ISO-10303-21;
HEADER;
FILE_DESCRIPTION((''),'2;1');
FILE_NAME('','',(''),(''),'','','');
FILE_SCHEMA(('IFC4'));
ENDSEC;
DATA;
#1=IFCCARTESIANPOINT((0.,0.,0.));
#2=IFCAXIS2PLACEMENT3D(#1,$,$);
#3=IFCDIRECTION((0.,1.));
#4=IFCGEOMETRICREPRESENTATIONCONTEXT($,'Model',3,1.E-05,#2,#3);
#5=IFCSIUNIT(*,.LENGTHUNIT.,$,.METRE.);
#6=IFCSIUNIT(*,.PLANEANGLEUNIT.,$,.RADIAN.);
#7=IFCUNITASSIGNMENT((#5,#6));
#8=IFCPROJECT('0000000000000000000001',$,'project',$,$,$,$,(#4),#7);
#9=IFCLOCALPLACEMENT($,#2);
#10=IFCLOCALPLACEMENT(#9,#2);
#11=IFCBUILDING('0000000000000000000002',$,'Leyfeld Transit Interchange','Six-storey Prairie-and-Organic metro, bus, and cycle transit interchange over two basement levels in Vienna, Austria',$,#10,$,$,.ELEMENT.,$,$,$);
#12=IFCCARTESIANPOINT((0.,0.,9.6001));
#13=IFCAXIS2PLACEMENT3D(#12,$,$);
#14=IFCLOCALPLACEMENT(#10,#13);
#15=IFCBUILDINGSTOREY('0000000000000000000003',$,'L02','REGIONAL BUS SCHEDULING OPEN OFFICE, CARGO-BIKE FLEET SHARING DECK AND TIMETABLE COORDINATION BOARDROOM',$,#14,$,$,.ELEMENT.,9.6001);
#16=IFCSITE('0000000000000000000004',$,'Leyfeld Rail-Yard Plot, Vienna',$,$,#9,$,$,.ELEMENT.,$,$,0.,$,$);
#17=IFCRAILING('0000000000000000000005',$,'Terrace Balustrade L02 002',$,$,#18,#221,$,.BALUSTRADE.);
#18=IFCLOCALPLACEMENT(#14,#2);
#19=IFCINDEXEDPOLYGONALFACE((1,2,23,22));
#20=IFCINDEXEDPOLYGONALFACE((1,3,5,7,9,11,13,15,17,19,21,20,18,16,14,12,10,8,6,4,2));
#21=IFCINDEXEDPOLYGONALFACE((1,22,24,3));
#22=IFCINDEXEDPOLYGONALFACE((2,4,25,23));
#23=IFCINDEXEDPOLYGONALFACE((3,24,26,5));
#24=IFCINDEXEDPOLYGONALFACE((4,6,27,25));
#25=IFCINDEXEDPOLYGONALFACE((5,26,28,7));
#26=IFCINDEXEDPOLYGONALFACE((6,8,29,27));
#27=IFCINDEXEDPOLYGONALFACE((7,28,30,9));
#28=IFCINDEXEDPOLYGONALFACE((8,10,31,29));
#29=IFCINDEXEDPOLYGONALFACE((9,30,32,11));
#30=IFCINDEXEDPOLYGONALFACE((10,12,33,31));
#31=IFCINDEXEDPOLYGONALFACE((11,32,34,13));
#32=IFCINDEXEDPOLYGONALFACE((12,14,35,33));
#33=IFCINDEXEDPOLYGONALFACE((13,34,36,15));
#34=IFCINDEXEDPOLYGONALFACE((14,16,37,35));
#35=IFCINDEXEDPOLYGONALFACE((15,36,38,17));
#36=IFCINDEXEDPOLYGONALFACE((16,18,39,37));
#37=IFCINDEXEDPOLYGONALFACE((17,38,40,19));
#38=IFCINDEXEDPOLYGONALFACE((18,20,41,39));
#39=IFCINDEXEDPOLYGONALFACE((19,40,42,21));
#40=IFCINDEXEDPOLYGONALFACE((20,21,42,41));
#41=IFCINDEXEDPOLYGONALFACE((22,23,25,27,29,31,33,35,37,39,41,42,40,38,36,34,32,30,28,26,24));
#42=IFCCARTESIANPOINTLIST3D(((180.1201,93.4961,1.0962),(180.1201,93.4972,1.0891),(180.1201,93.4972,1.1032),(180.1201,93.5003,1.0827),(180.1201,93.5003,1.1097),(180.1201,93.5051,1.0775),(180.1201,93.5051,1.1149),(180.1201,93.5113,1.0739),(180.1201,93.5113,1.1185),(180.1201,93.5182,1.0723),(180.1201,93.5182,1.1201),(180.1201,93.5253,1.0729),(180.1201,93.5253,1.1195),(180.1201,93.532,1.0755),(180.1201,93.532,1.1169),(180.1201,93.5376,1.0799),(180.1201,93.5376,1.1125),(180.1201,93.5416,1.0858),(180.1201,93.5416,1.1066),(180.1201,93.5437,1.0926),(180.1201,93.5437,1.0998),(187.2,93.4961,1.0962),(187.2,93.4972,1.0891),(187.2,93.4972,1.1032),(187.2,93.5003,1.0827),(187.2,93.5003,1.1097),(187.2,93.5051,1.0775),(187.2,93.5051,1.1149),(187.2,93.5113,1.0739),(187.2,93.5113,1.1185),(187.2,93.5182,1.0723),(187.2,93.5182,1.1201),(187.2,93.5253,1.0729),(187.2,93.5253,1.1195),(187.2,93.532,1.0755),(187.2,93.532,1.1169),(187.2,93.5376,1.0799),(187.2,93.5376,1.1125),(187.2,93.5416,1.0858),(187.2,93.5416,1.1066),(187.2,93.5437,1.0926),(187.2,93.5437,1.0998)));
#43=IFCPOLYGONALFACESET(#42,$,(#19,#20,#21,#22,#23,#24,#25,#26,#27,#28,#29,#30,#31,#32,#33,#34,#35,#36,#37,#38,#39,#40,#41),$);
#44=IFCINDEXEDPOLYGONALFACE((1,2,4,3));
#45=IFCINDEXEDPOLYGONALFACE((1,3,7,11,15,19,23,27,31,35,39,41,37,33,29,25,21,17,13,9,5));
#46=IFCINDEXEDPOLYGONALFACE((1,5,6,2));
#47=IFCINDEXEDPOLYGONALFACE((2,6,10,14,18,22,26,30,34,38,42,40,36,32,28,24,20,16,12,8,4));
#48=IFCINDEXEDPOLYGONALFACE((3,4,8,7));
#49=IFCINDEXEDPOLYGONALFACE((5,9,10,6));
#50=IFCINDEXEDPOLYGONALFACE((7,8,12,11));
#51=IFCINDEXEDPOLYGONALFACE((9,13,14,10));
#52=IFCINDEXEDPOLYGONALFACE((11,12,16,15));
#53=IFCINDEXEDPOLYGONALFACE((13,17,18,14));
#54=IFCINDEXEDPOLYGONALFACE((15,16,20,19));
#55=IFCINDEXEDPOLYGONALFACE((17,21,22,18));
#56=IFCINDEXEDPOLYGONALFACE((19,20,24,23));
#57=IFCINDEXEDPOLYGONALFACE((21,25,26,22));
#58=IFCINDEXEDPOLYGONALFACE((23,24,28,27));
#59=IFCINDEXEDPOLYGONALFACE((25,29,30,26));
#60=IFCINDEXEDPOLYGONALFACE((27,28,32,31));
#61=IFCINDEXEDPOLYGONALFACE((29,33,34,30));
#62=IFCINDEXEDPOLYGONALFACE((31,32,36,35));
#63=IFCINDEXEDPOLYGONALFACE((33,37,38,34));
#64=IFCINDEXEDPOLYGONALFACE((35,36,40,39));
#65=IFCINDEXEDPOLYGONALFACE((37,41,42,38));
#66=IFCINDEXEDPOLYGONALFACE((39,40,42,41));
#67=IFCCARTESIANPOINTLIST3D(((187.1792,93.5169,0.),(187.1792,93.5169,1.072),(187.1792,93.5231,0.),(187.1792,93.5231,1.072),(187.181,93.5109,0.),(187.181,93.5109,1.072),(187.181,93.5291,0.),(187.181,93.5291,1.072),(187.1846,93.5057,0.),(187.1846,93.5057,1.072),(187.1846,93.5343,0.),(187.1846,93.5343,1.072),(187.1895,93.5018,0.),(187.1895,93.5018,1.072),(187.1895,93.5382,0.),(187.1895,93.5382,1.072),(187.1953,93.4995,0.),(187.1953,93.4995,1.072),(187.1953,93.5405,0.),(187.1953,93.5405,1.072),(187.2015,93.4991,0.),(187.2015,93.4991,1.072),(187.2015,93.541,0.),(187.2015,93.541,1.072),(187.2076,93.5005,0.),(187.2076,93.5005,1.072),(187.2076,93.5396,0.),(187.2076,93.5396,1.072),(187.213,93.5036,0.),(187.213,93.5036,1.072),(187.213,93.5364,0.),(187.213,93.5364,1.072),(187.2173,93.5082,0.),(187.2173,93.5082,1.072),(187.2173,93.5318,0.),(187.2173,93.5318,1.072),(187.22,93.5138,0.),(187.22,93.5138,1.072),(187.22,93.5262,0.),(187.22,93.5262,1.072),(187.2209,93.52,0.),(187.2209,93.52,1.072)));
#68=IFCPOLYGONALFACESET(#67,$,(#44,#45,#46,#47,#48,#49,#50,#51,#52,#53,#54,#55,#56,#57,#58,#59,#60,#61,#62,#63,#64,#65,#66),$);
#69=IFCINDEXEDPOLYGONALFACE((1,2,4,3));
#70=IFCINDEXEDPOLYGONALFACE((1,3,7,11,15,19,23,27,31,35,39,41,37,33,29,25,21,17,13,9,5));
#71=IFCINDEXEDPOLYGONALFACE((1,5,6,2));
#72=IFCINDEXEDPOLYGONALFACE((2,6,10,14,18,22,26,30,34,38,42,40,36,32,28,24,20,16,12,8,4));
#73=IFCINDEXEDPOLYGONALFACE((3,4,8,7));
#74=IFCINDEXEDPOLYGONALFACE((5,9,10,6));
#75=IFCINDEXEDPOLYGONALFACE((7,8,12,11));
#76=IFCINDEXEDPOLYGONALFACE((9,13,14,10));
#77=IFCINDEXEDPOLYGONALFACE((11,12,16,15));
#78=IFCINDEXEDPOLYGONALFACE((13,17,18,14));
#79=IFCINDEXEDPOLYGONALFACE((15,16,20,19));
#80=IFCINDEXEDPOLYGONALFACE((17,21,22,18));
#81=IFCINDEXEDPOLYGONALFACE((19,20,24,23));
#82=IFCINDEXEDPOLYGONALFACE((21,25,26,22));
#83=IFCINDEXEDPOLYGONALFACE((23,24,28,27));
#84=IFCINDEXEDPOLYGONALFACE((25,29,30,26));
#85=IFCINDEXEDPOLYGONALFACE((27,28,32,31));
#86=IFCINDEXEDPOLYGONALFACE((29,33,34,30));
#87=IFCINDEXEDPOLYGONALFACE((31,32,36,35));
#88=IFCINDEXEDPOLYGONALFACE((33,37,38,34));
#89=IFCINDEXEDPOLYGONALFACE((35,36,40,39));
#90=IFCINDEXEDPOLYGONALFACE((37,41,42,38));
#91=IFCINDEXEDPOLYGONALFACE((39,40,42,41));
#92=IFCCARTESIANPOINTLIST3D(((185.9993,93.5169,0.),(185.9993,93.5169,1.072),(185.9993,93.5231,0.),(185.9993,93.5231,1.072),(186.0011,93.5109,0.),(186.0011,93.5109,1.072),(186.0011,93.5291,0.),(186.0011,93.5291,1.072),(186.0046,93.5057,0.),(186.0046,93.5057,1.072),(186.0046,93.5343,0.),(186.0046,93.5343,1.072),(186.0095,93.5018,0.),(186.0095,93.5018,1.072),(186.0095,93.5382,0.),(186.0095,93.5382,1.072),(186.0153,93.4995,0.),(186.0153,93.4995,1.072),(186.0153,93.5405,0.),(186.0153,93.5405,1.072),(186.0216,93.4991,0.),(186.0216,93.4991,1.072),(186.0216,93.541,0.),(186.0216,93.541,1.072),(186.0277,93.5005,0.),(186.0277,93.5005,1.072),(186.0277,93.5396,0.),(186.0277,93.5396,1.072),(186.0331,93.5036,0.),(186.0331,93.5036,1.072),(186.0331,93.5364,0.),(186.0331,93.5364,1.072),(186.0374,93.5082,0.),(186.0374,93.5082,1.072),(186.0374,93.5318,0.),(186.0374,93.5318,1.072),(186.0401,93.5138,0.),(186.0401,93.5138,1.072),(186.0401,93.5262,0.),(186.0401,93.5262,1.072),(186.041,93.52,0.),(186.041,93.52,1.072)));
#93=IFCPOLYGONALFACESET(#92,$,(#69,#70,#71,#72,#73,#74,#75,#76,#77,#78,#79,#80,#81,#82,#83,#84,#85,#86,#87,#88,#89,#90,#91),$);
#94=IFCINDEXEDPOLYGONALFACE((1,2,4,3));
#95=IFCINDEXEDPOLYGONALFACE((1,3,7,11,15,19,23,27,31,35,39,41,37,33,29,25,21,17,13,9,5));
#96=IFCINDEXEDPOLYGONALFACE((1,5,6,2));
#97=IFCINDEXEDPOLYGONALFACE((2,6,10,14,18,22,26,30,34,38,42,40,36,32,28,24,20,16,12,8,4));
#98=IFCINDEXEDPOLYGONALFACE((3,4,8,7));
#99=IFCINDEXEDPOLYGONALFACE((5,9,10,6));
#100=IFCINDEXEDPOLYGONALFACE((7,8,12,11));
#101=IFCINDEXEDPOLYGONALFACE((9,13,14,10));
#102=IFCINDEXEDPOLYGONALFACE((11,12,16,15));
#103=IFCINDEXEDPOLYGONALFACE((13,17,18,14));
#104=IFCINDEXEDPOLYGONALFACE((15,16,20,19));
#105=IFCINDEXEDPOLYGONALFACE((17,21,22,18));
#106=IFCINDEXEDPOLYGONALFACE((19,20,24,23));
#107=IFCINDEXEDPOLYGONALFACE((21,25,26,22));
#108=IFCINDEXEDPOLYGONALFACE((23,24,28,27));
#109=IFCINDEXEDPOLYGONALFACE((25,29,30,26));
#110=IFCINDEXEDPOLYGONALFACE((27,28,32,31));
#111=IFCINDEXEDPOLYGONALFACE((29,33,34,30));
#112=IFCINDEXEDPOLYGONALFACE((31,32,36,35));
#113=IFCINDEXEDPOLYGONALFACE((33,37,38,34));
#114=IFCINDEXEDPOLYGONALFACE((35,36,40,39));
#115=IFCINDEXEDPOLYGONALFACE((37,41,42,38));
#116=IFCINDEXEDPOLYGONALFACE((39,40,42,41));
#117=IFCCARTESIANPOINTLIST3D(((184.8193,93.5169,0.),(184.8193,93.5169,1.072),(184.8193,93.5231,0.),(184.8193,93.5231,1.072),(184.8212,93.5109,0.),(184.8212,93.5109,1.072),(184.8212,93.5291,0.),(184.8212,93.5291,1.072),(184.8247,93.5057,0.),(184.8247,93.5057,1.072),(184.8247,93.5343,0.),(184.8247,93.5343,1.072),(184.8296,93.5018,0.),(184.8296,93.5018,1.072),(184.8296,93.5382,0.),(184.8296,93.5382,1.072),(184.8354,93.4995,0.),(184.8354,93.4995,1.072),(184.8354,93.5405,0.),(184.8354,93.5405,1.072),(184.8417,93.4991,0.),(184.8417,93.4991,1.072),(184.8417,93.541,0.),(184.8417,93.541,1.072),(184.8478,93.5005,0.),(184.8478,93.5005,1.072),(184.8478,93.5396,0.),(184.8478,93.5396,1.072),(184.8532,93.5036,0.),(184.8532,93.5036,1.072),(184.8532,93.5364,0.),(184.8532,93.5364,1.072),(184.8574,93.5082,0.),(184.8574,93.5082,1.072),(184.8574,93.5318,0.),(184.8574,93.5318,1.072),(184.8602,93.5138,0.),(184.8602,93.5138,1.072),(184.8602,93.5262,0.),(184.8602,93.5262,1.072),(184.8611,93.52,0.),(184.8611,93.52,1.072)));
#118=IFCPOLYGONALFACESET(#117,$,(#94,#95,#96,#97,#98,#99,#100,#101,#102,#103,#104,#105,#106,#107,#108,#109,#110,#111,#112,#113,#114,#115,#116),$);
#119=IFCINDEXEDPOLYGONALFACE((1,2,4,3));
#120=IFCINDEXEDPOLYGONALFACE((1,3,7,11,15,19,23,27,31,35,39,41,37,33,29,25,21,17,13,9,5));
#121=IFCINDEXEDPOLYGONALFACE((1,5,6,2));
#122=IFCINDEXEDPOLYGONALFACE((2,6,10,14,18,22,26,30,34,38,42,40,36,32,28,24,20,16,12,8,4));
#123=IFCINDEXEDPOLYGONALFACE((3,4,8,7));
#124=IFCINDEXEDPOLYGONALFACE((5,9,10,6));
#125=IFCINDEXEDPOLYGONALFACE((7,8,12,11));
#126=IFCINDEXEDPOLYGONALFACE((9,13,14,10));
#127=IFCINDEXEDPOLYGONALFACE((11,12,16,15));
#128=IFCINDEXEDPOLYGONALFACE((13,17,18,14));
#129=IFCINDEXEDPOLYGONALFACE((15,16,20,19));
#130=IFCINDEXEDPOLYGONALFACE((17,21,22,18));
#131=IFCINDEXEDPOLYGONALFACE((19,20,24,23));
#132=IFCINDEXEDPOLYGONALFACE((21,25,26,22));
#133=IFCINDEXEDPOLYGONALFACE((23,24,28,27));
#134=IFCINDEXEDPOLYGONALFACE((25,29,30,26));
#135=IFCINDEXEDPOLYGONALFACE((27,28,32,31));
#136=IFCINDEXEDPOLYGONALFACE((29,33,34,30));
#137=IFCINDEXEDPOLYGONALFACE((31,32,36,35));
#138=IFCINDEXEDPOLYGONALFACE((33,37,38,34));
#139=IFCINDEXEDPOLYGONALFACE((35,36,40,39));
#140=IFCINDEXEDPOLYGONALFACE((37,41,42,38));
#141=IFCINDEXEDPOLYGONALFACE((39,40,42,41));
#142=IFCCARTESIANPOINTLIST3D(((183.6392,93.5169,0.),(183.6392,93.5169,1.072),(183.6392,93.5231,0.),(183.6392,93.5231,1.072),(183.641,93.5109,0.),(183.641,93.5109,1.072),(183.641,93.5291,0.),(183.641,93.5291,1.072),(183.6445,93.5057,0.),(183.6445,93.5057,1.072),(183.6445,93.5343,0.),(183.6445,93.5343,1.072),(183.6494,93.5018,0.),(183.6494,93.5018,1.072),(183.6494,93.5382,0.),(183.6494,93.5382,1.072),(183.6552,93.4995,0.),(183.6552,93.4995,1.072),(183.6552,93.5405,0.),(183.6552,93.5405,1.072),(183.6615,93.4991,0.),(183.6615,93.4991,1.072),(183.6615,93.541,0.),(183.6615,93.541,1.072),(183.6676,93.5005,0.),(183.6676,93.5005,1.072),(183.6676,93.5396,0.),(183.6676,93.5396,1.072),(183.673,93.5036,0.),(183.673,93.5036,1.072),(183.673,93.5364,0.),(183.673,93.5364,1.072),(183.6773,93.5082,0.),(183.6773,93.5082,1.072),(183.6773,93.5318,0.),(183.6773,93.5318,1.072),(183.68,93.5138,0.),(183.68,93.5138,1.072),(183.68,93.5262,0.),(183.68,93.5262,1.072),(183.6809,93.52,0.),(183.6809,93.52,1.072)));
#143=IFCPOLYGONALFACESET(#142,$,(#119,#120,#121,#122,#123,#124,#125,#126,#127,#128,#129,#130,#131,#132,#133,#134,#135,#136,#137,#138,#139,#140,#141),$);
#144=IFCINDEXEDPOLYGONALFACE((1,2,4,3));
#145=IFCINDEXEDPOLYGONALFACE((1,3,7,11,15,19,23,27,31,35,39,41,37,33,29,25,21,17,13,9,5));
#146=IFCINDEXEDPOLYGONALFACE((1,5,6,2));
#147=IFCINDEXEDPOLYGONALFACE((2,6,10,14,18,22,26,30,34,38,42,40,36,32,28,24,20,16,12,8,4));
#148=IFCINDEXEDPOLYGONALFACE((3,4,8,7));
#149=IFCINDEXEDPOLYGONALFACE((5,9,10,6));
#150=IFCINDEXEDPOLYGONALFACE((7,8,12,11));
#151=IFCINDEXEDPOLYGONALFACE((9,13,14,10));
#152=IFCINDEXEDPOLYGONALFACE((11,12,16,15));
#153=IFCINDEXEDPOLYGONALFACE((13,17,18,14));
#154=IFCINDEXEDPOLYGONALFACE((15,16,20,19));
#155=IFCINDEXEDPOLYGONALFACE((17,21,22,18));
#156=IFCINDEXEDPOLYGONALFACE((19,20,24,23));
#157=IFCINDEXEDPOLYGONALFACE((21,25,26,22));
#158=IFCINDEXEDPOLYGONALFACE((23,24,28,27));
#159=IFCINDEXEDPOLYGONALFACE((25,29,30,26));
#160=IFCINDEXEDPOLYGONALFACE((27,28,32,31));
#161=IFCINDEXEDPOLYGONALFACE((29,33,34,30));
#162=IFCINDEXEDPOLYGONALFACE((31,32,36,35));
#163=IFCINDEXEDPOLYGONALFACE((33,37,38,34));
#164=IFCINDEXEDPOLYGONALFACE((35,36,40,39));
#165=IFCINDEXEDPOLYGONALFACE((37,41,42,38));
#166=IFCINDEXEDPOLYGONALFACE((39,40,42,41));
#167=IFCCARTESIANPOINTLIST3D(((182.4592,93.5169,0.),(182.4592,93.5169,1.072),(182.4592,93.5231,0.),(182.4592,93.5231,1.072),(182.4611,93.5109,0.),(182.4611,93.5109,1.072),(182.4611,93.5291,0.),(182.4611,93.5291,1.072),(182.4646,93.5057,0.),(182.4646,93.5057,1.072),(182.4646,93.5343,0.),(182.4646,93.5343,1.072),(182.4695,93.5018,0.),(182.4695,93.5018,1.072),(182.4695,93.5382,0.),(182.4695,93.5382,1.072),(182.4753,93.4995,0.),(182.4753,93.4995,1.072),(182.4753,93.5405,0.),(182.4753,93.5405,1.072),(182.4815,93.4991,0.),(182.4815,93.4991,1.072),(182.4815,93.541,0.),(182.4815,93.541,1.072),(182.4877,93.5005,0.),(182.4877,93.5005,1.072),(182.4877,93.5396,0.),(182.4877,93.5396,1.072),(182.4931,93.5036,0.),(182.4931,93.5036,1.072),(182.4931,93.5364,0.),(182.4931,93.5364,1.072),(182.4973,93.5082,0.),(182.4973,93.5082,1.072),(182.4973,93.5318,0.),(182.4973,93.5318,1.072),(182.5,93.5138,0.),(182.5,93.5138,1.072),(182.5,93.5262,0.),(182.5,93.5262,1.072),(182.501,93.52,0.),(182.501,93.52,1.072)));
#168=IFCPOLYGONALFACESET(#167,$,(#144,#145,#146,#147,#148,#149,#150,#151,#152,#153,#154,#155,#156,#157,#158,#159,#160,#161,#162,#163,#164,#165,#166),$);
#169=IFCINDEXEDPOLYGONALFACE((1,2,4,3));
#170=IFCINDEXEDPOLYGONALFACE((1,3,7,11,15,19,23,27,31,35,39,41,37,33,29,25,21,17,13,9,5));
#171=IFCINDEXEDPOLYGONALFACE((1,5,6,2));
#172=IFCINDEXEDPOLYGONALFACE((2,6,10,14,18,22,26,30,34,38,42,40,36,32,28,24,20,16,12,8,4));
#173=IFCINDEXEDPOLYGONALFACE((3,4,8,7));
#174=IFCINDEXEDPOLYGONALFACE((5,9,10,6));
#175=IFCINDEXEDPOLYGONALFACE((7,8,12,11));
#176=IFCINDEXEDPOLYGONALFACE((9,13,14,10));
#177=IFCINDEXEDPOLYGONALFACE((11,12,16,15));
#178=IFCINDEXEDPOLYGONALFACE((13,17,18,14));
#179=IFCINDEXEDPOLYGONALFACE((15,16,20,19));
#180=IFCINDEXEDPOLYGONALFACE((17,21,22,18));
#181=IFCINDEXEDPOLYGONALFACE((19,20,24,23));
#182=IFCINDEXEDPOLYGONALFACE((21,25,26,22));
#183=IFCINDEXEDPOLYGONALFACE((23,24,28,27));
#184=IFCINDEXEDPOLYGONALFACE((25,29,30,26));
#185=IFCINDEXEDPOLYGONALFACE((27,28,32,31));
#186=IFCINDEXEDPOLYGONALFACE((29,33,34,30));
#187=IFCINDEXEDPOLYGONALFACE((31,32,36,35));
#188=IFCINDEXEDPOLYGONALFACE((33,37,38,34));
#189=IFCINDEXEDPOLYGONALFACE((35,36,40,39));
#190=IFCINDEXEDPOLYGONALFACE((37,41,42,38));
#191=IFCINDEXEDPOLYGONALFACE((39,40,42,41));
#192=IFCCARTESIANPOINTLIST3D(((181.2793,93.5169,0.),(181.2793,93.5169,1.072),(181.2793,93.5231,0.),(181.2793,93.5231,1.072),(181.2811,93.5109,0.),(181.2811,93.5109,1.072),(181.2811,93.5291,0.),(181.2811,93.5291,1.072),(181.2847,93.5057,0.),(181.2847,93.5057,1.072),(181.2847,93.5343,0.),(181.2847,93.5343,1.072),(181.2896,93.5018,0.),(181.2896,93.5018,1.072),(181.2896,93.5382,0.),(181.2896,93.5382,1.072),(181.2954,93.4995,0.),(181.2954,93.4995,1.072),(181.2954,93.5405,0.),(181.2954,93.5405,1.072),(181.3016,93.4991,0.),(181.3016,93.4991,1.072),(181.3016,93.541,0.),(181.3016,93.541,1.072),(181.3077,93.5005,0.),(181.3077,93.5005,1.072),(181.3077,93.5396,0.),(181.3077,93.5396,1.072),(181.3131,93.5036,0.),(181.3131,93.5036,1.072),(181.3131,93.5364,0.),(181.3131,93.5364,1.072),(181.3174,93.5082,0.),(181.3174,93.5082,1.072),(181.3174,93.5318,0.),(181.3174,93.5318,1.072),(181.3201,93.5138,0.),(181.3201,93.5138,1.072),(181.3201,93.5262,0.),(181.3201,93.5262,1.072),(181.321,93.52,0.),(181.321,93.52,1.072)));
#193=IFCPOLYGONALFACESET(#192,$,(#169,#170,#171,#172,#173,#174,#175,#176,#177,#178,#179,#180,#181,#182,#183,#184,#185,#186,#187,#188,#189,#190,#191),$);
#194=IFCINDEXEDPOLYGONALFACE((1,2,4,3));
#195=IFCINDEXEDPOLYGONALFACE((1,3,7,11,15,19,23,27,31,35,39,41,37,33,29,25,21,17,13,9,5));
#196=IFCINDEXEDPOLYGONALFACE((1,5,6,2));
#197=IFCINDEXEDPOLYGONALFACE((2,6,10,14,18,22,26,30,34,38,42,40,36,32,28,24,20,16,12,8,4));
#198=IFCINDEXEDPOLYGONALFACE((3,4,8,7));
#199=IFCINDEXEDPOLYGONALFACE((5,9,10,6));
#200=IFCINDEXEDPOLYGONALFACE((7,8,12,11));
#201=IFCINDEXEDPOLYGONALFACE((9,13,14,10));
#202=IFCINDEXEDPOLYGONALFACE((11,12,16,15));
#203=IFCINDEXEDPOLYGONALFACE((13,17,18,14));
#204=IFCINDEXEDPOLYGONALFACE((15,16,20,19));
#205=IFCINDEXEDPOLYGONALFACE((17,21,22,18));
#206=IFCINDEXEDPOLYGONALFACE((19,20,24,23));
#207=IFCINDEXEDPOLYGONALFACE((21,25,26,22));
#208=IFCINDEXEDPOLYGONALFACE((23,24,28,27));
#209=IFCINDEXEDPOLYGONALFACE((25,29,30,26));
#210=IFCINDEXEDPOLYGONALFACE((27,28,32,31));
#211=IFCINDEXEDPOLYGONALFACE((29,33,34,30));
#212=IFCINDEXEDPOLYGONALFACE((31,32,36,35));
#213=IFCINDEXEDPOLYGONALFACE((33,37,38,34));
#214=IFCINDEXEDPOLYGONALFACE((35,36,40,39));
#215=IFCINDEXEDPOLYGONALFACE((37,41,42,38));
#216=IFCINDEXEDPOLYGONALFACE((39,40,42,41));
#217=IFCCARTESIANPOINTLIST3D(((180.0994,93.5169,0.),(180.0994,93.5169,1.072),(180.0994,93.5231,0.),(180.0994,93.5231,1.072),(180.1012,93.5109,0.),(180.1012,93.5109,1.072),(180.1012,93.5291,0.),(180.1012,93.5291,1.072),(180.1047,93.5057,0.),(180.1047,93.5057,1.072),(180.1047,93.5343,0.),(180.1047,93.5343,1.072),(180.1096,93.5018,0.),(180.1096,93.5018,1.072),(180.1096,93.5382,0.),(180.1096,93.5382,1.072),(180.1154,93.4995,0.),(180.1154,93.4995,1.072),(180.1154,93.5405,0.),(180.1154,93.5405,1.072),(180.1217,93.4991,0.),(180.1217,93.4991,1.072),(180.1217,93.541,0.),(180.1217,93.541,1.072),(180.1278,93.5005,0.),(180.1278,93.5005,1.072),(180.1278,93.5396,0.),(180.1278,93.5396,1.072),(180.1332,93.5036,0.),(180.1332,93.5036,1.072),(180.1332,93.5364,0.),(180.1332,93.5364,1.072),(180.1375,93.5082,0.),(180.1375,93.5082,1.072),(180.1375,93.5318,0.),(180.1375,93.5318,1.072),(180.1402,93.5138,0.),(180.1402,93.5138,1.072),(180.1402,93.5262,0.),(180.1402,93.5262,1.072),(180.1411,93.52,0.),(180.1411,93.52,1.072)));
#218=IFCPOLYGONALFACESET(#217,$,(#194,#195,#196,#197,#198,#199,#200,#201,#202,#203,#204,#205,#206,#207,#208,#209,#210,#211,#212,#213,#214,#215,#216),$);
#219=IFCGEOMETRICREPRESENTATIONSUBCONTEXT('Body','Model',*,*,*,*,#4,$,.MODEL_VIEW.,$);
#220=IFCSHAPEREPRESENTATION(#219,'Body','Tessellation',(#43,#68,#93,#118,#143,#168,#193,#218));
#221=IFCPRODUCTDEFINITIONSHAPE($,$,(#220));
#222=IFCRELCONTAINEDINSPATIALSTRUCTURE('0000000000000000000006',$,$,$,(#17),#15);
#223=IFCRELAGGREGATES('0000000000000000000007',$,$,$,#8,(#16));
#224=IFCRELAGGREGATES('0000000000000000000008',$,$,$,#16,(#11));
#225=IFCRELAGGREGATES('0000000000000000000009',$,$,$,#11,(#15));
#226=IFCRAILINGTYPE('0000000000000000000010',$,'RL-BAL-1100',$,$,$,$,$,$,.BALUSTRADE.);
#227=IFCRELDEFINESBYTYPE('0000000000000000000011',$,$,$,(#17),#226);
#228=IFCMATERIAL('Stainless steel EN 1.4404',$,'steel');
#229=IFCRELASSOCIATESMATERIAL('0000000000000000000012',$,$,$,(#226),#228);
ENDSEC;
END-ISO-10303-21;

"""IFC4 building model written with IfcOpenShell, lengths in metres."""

from ifc_helpers import new_model, si_unit, direction, frame, origin, origin_2d, place, context, subcontext, project, spatial, circle, extrude, material, type_object, element, save


model = new_model("IFC4")

# Units and contexts
model_context = context("Model", 3, precision=1e-05, world=origin(), true_north=direction((0.0, 1.0)))
body_context = subcontext(model_context, "Body", "Model", "MODEL_VIEW")
ifc_project = project(units=[si_unit("LENGTHUNIT", "METRE"), si_unit("PLANEANGLEUNIT", "RADIAN")], contexts=[model_context])

# Site, building, storey
site_placement = place(None, origin())
site = spatial("IfcSite", under=ifc_project, at=site_placement, Name="Leyfeld Rail-Yard Plot, Vienna", CompositionType="ELEMENT", RefElevation=0.0)
building_placement = place(site_placement, origin())
building = spatial("IfcBuilding", under=site, at=building_placement, Name="Leyfeld Transit Interchange", Description="Six-storey Prairie-and-Organic metro, bus, and cycle transit interchange over two basement levels in Vienna, Austria", CompositionType="ELEMENT")
storey_placement = place(building_placement, frame((0.0, 0.0, 9.6001)))
storey = spatial("IfcBuildingStorey", under=building, at=storey_placement, Name="L02", Description="REGIONAL BUS SCHEDULING OPEN OFFICE, CARGO-BIKE FLEET SHARING DECK AND TIMETABLE COORDINATION BOARDROOM", CompositionType="ELEMENT", Elevation=9.6001)

# Railing
ifc_material_1 = material(Name="Stainless steel EN 1.4404", Category="steel")
railing_type = type_object("IfcRailingType", Name="RL-BAL-1100", PredefinedType="BALUSTRADE", material=ifc_material_1)
railing_placement = place(storey_placement, frame((187.2, 93.52, 0.0)))
element("IfcRailing", 1, at=railing_placement, inside=storey, type_object=railing_type, Name="Terrace Balustrade L02 002", PredefinedType="BALUSTRADE", context=body_context, shape_type="SweptSolid", body=[
    extrude(circle(Radius=0.0239, at=origin_2d()), frame((0.0, 0.0, 1.0962), z_axis=(-1.0, 0.0, 0.0), x_axis=(0.0, -1.0, 0.0)), (0.0, 0.0, 1.0), 7.0798),
    extrude(circle(Radius=0.021, at=origin_2d()), origin(), (0.0, 0.0, 1.0), 1.072),
    extrude(circle(Radius=0.021, at=origin_2d()), frame((-1.1799, 0.0, 0.0)), (0.0, 0.0, 1.0), 1.072),
    extrude(circle(Radius=0.021, at=origin_2d()), frame((-2.3599, 0.0, 0.0)), (0.0, 0.0, 1.0), 1.072),
    extrude(circle(Radius=0.021, at=origin_2d()), frame((-3.54, 0.0, 0.0)), (0.0, 0.0, 1.0), 1.072),
    extrude(circle(Radius=0.021, at=origin_2d()), frame((-4.72, 0.0, 0.0)), (0.0, 0.0, 1.0), 1.072),
    extrude(circle(Radius=0.021, at=origin_2d()), frame((-5.8999, 0.0, 0.0)), (0.0, 0.0, 1.0), 1.072),
    extrude(circle(Radius=0.021, at=origin_2d()), frame((-7.0798, 0.0, 0.0)), (0.0, 0.0, 1.0), 1.072),
])

save(model, "model.ifc")
